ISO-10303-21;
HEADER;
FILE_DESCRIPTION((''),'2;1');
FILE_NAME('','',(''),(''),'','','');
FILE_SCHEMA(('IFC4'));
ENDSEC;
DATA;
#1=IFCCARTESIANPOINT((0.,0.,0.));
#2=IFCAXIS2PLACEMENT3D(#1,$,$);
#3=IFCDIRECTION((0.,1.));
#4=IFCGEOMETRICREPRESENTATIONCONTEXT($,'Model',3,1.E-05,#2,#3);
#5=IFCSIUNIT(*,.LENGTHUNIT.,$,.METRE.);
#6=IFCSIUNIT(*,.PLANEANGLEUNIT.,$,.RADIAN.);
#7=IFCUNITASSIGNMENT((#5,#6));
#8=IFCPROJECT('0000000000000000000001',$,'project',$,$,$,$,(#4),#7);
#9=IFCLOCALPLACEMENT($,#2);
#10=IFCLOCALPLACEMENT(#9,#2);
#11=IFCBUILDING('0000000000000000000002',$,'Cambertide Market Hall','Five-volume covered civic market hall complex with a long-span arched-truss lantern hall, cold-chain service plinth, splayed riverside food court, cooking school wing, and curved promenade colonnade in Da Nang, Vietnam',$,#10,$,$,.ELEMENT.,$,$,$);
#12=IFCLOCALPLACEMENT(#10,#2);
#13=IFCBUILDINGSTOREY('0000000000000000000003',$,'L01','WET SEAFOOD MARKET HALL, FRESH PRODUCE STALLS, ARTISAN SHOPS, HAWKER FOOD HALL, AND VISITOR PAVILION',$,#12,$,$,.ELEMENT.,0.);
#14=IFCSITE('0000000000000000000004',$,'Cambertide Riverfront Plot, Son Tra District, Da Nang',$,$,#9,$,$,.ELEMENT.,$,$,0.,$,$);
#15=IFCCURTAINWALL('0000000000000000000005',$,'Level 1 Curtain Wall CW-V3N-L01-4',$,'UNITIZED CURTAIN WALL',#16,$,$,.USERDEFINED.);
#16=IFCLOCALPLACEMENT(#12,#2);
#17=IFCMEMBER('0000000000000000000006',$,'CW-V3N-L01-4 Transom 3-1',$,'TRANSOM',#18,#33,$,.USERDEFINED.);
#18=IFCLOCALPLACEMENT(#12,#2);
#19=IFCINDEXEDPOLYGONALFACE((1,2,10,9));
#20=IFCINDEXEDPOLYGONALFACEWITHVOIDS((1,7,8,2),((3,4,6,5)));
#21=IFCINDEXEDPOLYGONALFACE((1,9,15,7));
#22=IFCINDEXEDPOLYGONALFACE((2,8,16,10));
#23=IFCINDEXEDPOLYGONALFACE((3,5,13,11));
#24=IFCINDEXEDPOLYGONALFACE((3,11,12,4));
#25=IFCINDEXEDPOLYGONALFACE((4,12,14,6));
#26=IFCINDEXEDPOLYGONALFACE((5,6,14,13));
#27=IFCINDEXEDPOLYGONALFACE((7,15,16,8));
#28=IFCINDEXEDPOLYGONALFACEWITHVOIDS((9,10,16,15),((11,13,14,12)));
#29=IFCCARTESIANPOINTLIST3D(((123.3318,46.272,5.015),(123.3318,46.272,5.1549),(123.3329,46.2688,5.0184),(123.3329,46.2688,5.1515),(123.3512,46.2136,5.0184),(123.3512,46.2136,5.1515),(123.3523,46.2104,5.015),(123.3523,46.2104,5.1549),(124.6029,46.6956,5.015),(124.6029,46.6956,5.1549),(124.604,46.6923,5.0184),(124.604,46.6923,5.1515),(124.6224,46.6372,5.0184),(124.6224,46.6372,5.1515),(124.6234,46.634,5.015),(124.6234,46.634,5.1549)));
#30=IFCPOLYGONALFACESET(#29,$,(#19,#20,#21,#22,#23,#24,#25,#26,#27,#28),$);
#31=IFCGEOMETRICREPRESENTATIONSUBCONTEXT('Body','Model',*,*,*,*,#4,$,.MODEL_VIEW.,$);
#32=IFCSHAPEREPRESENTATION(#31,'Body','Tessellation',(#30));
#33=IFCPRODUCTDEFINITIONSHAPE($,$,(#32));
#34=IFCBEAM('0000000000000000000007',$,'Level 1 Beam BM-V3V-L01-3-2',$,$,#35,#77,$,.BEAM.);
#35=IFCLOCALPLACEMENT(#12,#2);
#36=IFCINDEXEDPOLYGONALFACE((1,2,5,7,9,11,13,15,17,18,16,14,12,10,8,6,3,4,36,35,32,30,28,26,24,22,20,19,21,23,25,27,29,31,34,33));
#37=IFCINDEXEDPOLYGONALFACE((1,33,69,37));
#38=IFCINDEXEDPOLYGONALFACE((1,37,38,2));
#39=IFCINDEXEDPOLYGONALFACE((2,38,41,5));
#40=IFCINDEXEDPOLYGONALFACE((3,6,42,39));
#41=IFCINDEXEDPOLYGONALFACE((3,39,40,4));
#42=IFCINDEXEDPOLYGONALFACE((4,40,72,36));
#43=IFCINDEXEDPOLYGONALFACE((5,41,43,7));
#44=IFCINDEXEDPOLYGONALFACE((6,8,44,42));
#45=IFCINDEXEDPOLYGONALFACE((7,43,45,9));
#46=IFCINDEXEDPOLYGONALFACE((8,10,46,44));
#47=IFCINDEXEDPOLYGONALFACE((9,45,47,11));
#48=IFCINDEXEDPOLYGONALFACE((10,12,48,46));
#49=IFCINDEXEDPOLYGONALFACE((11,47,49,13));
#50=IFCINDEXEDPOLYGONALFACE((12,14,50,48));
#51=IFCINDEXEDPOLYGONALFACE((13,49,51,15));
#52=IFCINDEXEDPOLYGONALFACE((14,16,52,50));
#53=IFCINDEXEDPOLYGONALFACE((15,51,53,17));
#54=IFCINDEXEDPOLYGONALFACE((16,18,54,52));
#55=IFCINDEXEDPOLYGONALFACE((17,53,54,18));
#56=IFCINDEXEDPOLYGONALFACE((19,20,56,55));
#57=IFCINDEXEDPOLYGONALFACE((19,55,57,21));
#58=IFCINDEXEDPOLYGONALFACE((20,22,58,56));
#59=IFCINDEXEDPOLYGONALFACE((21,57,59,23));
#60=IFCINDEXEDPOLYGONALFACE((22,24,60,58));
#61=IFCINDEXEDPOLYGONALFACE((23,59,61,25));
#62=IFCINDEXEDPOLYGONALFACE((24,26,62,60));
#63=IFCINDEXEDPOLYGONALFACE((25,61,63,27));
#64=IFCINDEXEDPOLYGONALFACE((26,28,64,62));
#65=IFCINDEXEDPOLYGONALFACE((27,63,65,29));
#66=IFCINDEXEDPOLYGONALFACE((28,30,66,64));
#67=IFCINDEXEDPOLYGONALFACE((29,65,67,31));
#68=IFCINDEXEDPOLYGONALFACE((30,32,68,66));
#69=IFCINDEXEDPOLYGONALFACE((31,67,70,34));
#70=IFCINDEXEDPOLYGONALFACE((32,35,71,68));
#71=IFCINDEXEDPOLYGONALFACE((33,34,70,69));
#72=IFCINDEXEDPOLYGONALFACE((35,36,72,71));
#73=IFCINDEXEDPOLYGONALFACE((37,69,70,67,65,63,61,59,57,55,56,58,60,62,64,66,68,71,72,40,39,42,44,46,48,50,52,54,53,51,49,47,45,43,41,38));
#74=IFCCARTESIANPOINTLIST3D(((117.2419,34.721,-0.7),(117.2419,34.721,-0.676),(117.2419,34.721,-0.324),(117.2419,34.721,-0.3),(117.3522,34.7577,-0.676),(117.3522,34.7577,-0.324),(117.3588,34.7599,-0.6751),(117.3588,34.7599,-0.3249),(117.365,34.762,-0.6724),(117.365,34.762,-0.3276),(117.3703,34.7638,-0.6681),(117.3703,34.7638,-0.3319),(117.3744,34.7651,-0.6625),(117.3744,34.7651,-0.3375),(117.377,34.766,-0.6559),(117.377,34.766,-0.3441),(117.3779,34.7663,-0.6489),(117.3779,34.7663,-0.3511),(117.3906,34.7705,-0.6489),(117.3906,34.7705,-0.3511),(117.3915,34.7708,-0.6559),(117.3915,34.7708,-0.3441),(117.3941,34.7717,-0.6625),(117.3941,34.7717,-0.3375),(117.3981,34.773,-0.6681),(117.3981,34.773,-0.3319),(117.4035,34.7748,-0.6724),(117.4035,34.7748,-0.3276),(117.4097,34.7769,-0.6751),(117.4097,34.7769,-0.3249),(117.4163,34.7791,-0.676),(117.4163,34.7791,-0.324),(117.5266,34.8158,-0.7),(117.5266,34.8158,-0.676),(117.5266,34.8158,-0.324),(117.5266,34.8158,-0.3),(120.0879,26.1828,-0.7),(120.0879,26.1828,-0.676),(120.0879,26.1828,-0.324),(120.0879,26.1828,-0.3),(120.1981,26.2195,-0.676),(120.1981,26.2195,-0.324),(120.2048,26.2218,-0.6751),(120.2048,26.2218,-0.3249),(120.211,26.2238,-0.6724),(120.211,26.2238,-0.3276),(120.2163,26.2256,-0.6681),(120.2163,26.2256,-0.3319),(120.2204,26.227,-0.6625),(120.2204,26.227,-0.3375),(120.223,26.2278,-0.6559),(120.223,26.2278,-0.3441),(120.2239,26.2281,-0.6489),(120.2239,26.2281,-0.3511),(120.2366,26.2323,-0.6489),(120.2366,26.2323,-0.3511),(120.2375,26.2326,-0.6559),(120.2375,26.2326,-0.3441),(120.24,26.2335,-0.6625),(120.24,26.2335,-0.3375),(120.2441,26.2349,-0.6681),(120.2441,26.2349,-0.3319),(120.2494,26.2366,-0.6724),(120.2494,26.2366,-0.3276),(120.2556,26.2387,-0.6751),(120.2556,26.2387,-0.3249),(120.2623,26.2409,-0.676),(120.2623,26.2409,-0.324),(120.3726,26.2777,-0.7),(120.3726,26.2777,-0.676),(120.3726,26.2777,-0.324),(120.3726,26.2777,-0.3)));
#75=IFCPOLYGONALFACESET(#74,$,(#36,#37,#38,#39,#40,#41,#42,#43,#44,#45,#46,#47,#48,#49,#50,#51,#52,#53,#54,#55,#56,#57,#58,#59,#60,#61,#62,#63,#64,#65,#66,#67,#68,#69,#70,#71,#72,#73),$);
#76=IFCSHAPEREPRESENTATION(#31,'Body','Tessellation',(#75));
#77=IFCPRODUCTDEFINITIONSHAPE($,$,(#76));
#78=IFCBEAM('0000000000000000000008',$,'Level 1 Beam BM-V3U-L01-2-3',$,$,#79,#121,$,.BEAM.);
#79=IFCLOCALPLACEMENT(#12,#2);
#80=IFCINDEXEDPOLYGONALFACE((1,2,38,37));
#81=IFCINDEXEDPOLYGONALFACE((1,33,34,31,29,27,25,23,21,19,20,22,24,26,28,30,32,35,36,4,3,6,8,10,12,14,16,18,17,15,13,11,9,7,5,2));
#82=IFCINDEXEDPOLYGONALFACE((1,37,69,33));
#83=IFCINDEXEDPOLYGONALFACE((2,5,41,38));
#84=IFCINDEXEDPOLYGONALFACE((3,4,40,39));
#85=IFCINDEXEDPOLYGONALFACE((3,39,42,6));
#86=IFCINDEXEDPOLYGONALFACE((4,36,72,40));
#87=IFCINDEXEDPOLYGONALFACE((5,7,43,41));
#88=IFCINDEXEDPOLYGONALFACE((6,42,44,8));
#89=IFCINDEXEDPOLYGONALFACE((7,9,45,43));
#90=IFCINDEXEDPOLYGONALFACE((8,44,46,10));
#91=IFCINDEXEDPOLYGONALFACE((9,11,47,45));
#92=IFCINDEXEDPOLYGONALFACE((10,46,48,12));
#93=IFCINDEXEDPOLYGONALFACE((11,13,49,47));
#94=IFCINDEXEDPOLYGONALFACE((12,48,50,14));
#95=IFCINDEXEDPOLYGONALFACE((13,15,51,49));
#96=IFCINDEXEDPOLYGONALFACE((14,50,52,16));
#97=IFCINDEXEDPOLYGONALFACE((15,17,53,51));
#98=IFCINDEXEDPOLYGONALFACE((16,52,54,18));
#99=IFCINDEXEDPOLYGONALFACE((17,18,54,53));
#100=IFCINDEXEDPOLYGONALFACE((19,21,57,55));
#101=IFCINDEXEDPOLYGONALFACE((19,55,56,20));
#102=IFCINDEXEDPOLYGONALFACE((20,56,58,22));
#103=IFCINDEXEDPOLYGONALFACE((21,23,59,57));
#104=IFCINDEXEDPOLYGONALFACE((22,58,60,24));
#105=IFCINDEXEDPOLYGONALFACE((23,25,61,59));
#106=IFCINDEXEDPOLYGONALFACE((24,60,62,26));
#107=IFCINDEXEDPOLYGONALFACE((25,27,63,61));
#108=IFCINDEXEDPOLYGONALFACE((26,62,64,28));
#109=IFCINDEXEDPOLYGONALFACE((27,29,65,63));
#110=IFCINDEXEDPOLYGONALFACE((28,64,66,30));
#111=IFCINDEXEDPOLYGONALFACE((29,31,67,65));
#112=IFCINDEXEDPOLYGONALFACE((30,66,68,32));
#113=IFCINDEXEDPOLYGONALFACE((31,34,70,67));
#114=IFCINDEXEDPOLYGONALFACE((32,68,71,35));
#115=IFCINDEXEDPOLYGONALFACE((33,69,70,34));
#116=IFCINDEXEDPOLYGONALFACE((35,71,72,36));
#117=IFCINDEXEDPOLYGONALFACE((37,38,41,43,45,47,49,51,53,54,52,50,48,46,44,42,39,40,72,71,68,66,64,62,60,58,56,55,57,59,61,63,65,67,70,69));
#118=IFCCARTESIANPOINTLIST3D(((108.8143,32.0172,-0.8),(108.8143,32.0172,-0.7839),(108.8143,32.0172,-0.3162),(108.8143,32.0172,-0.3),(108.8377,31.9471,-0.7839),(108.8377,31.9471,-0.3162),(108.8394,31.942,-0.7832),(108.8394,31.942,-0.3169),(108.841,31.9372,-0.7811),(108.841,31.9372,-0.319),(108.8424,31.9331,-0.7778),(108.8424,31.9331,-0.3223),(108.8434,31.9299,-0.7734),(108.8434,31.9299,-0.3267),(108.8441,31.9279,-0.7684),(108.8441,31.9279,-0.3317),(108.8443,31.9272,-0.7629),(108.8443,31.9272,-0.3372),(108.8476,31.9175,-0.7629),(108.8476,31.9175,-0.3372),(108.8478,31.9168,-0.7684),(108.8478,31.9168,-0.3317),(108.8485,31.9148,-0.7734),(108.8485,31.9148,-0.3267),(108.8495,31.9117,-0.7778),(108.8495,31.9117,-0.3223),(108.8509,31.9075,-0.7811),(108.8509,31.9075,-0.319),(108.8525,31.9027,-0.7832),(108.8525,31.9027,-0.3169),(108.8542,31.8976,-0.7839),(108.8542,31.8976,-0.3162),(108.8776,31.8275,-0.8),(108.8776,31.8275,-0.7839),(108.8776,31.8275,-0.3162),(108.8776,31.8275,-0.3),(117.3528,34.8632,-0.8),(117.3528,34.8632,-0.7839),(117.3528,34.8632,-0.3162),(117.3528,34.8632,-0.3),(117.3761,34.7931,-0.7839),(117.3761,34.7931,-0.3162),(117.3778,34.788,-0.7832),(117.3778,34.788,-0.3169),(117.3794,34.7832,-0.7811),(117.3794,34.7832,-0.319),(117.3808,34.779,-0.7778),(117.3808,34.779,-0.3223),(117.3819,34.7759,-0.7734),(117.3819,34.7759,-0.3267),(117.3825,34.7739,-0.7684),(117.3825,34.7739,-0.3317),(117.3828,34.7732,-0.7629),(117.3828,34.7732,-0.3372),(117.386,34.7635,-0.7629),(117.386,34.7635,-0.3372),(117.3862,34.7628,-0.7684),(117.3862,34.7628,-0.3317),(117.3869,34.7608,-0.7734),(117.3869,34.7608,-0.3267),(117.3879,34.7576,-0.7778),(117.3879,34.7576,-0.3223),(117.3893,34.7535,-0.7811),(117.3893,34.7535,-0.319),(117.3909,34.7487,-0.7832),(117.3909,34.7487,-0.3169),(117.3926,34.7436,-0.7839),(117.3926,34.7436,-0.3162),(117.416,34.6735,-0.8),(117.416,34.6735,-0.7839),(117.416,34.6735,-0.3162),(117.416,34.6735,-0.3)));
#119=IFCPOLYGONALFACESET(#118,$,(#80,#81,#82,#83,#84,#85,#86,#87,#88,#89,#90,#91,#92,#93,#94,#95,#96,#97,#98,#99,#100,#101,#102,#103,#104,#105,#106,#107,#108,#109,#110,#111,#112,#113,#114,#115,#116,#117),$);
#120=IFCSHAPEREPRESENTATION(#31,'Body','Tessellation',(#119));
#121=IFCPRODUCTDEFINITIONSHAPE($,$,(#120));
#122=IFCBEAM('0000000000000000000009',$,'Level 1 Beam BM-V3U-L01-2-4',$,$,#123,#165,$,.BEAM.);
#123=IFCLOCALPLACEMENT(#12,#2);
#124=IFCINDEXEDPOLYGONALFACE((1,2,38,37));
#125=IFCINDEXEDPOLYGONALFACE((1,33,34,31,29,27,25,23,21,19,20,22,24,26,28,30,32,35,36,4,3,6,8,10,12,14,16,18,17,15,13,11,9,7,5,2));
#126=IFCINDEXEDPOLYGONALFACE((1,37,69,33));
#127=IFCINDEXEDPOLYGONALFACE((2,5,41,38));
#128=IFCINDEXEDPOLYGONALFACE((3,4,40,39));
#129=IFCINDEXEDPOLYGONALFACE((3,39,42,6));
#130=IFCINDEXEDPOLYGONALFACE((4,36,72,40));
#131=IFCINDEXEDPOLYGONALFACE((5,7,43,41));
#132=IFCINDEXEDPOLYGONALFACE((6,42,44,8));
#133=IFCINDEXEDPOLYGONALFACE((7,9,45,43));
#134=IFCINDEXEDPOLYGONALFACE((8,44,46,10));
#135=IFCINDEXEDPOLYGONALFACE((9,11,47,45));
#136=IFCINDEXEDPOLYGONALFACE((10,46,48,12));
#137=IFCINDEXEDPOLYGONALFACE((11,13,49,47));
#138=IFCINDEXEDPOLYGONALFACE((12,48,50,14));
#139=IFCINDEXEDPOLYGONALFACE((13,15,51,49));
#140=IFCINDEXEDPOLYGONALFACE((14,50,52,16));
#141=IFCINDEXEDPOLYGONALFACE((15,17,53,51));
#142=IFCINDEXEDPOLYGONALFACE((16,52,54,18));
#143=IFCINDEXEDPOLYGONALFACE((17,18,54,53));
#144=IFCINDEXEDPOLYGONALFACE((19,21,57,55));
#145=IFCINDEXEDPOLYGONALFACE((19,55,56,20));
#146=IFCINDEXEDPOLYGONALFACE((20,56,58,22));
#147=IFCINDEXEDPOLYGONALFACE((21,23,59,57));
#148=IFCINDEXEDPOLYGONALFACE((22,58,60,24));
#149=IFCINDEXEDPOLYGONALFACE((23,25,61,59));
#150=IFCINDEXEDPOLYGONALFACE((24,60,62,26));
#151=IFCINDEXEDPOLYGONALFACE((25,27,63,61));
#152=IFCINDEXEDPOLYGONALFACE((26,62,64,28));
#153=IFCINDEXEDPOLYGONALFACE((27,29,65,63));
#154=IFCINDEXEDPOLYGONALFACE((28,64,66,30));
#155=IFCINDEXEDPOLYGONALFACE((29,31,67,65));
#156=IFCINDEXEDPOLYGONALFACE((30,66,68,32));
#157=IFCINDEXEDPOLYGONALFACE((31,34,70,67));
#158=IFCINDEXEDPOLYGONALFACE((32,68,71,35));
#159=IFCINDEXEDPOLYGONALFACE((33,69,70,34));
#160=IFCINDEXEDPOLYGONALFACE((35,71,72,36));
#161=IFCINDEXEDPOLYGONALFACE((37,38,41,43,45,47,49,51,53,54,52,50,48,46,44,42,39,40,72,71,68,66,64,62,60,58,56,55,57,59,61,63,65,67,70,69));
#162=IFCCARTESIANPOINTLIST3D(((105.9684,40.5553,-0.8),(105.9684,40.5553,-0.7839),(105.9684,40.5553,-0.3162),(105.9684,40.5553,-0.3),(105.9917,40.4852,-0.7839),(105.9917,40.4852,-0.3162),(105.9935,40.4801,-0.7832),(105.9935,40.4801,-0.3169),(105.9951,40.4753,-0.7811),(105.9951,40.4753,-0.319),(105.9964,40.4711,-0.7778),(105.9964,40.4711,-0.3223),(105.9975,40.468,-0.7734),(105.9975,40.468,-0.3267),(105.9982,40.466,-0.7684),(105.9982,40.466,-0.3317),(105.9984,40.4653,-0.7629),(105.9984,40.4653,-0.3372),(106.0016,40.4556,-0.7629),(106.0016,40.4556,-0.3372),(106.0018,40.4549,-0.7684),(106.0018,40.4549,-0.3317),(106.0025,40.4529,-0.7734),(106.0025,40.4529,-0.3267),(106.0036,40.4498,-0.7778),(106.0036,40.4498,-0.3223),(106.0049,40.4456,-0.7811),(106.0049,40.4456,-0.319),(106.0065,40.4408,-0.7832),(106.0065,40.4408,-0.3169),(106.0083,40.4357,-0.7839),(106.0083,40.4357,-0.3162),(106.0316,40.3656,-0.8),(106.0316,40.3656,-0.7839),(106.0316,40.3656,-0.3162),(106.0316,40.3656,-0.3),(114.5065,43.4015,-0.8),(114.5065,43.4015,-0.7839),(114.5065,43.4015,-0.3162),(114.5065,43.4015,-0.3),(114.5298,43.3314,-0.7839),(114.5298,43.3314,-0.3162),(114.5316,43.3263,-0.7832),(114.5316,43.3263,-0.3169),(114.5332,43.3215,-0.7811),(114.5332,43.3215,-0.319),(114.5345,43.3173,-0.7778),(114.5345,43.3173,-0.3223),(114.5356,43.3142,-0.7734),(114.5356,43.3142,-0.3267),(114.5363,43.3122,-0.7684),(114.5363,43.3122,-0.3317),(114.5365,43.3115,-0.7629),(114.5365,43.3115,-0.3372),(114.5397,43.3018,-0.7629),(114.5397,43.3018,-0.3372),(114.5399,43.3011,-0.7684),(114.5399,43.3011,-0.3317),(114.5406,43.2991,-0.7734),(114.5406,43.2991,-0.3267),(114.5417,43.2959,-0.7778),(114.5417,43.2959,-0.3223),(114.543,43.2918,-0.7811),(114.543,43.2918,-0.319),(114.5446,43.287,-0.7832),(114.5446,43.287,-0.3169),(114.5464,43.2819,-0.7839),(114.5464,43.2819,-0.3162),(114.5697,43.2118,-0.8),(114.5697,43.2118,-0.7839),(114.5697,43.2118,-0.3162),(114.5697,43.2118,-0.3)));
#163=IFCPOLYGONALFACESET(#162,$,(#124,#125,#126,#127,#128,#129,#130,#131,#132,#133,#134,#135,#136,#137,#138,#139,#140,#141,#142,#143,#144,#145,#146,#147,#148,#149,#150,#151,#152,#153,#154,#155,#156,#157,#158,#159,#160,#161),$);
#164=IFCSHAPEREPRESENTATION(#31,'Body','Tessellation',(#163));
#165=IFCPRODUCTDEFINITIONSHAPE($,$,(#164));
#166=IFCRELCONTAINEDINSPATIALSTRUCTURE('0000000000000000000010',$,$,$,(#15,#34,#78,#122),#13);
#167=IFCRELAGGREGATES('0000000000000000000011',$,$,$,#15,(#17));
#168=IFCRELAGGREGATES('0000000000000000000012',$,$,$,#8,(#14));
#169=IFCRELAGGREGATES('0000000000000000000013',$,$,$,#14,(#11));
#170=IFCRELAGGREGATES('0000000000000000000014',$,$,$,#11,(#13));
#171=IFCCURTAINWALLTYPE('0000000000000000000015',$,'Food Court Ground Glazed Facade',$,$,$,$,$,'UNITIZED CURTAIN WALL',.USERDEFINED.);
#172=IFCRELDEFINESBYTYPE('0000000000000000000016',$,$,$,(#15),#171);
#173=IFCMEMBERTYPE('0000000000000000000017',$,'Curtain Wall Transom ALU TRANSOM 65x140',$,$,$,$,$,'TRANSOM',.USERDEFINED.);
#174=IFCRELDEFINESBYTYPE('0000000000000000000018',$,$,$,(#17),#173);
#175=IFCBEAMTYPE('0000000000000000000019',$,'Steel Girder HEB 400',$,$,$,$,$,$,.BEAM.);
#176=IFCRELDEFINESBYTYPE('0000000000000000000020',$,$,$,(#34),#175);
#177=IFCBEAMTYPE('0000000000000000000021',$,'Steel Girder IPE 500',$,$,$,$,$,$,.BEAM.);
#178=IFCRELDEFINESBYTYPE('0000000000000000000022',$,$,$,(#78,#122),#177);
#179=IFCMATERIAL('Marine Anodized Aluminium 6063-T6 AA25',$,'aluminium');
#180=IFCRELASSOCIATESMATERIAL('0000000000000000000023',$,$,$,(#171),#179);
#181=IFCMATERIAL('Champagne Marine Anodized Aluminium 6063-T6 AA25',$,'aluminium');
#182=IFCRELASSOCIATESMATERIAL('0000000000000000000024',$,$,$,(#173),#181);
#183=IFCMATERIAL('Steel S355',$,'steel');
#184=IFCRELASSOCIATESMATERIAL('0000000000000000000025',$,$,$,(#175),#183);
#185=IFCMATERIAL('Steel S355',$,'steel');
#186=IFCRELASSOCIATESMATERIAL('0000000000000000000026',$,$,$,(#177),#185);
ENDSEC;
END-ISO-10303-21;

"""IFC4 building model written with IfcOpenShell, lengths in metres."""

from ifc_helpers import new_model, si_unit, direction, frame, origin, origin_2d, place, context, subcontext, project, spatial, hollow_rectangle, i_section, extrude, material, material_profile, profile_set, type_object, element, aggregate, save


model = new_model("IFC4")

# Units and contexts
model_context = context("Model", 3, precision=1e-05, world=origin(), true_north=direction((0.0, 1.0)))
body_context = subcontext(model_context, "Body", "Model", "MODEL_VIEW")
ifc_project = project(units=[si_unit("LENGTHUNIT", "METRE"), si_unit("PLANEANGLEUNIT", "RADIAN")], contexts=[model_context])

# Site, building, storey
site_placement = place(None, origin())
site = spatial("IfcSite", under=ifc_project, at=site_placement, Name="Cambertide Riverfront Plot, Son Tra District, Da Nang", CompositionType="ELEMENT", RefElevation=0.0)
building_placement = place(site_placement, origin())
building = spatial("IfcBuilding", under=site, at=building_placement, Name="Cambertide Market Hall", Description="Five-volume covered civic market hall complex with a long-span arched-truss lantern hall, cold-chain service plinth, splayed riverside food court, cooking school wing, and curved promenade colonnade in Da Nang, Vietnam", CompositionType="ELEMENT")
storey_placement = place(building_placement, origin())
storey = spatial("IfcBuildingStorey", under=building, at=storey_placement, Name="L01", Description="WET SEAFOOD MARKET HALL, FRESH PRODUCE STALLS, ARTISAN SHOPS, HAWKER FOOD HALL, AND VISITOR PAVILION", CompositionType="ELEMENT", Elevation=0.0)

# Curtain wall, member
ifc_material_1 = material(Name="Marine Anodized Aluminium 6063-T6 AA25", Category="aluminium")
curtain_wall_type = type_object("IfcCurtainWallType", Name="Food Court Ground Glazed Facade", ElementType="UNITIZED CURTAIN WALL", PredefinedType="USERDEFINED", material=ifc_material_1)
curtain_wall_placement = place(storey_placement, origin())
curtain_wall = element("IfcCurtainWall", 1, at=curtain_wall_placement, inside=storey, type_object=curtain_wall_type, Name="Level 1 Curtain Wall CW-V3N-L01-4", ObjectType="UNITIZED CURTAIN WALL", PredefinedType="USERDEFINED")
ifc_material_2 = material(Name="Champagne Marine Anodized Aluminium 6063-T6 AA25", Category="aluminium")
ifc_material_profile_1 = material_profile(ifc_material_2, hollow_rectangle(XDim=0.0649, YDim=0.1399, WallThickness=0.0034, at=origin_2d()), Name="ALU TRANSOM 65x140")
ifc_profile_set_1 = profile_set([ifc_material_profile_1], Name="Champagne Marine Anodized Aluminium 6063-T6 AA25")
member_type_1 = type_object("IfcMemberType", Name="Curtain Wall Transom ALU TRANSOM 65x140", ElementType="TRANSOM", PredefinedType="USERDEFINED", material=ifc_profile_set_1)
member_1_placement = place(storey_placement, frame((123.342, 46.2412, 5.085), z_axis=(0.94872, 0.316118, 0.0), x_axis=(-0.316118, 0.94872, 0.0)))
member_1 = element("IfcMember", 2, at=member_1_placement, type_object=member_type_1, Name="CW-V3N-L01-4 Transom 3-1", ObjectType="TRANSOM", PredefinedType="USERDEFINED", context=body_context, shape_type="SweptSolid", body=[
    extrude(hollow_rectangle(XDim=0.0649, YDim=0.1399, WallThickness=0.0034, at=origin_2d()), origin(), (0.0, 0.0, 1.0), 1.3398),
])
aggregate(curtain_wall, [member_1])

# Beams
ifc_material_3 = material(Name="Steel S355", Category="steel")
ifc_material_profile_2 = material_profile(ifc_material_3, i_section(OverallWidth=0.3, OverallDepth=0.3999, WebThickness=0.0134, FlangeThickness=0.0239, FilletRadius=0.0271, at=origin_2d()), Name="HEB 400")
ifc_profile_set_2 = profile_set([ifc_material_profile_2], Name="Steel S355")
beam_type_1 = type_object("IfcBeamType", Name="Steel Girder HEB 400", PredefinedType="BEAM", material=ifc_profile_set_2)
beam_1_placement = place(storey_placement, frame((120.2302, 26.2302, -0.5), z_axis=(-0.31622, 0.948686, 0.0), x_axis=(-0.948686, -0.31622, 0.0)))
element("IfcBeam", 3, at=beam_1_placement, inside=storey, type_object=beam_type_1, Name="Level 1 Beam BM-V3V-L01-3-2", PredefinedType="BEAM", context=body_context, shape_type="SweptSolid", body=[
    extrude(i_section(OverallWidth=0.3, OverallDepth=0.3999, WebThickness=0.0134, FlangeThickness=0.0239, FilletRadius=0.0271, at=origin_2d()), origin(), (0.0, 0.0, 1.0), 9.0),
])
ifc_material_4 = material(Name="Steel S355", Category="steel")
ifc_material_profile_3 = material_profile(ifc_material_4, i_section(OverallWidth=0.2, OverallDepth=0.5, WebThickness=0.0103, FlangeThickness=0.0161, FilletRadius=0.021, at=origin_2d()), Name="IPE 500")
ifc_profile_set_3 = profile_set([ifc_material_profile_3], Name="Steel S355")
beam_type_2 = type_object("IfcBeamType", Name="Steel Girder IPE 500", PredefinedType="BEAM", material=ifc_profile_set_3)
beam_2_placement = place(storey_placement, frame((108.8459, 31.9224, -0.55), z_axis=(0.948689, 0.316211, 0.0), x_axis=(-0.316211, 0.948689, 0.0)))
element("IfcBeam", 4, at=beam_2_placement, inside=storey, type_object=beam_type_2, Name="Level 1 Beam BM-V3U-L01-2-3", PredefinedType="BEAM", context=body_context, shape_type="SweptSolid", body=[
    extrude(i_section(OverallWidth=0.2, OverallDepth=0.5, WebThickness=0.0103, FlangeThickness=0.0161, FilletRadius=0.021, at=origin_2d()), origin(), (0.0, 0.0, 1.0), 9.0002),
])
for number, where, z_axis, x_axis, name in (
    (5, (106.0, 40.4604, -0.55), (0.948678, 0.316244, 0.0), (-0.316244, 0.948678, 0.0), "Level 1 Beam BM-V3U-L01-2-4"),
):
    element("IfcBeam", number, at=place(storey_placement, frame(where, z_axis=z_axis, x_axis=x_axis)), inside=storey, type_object=beam_type_2, Name=name, PredefinedType="BEAM", context=body_context, shape_type="SweptSolid", body=[
        extrude(i_section(OverallWidth=0.2, OverallDepth=0.5, WebThickness=0.0103, FlangeThickness=0.0161, FilletRadius=0.021, at=origin_2d()), origin(), (0.0, 0.0, 1.0), 9.0),
    ])

save(model, "model.ifc")
